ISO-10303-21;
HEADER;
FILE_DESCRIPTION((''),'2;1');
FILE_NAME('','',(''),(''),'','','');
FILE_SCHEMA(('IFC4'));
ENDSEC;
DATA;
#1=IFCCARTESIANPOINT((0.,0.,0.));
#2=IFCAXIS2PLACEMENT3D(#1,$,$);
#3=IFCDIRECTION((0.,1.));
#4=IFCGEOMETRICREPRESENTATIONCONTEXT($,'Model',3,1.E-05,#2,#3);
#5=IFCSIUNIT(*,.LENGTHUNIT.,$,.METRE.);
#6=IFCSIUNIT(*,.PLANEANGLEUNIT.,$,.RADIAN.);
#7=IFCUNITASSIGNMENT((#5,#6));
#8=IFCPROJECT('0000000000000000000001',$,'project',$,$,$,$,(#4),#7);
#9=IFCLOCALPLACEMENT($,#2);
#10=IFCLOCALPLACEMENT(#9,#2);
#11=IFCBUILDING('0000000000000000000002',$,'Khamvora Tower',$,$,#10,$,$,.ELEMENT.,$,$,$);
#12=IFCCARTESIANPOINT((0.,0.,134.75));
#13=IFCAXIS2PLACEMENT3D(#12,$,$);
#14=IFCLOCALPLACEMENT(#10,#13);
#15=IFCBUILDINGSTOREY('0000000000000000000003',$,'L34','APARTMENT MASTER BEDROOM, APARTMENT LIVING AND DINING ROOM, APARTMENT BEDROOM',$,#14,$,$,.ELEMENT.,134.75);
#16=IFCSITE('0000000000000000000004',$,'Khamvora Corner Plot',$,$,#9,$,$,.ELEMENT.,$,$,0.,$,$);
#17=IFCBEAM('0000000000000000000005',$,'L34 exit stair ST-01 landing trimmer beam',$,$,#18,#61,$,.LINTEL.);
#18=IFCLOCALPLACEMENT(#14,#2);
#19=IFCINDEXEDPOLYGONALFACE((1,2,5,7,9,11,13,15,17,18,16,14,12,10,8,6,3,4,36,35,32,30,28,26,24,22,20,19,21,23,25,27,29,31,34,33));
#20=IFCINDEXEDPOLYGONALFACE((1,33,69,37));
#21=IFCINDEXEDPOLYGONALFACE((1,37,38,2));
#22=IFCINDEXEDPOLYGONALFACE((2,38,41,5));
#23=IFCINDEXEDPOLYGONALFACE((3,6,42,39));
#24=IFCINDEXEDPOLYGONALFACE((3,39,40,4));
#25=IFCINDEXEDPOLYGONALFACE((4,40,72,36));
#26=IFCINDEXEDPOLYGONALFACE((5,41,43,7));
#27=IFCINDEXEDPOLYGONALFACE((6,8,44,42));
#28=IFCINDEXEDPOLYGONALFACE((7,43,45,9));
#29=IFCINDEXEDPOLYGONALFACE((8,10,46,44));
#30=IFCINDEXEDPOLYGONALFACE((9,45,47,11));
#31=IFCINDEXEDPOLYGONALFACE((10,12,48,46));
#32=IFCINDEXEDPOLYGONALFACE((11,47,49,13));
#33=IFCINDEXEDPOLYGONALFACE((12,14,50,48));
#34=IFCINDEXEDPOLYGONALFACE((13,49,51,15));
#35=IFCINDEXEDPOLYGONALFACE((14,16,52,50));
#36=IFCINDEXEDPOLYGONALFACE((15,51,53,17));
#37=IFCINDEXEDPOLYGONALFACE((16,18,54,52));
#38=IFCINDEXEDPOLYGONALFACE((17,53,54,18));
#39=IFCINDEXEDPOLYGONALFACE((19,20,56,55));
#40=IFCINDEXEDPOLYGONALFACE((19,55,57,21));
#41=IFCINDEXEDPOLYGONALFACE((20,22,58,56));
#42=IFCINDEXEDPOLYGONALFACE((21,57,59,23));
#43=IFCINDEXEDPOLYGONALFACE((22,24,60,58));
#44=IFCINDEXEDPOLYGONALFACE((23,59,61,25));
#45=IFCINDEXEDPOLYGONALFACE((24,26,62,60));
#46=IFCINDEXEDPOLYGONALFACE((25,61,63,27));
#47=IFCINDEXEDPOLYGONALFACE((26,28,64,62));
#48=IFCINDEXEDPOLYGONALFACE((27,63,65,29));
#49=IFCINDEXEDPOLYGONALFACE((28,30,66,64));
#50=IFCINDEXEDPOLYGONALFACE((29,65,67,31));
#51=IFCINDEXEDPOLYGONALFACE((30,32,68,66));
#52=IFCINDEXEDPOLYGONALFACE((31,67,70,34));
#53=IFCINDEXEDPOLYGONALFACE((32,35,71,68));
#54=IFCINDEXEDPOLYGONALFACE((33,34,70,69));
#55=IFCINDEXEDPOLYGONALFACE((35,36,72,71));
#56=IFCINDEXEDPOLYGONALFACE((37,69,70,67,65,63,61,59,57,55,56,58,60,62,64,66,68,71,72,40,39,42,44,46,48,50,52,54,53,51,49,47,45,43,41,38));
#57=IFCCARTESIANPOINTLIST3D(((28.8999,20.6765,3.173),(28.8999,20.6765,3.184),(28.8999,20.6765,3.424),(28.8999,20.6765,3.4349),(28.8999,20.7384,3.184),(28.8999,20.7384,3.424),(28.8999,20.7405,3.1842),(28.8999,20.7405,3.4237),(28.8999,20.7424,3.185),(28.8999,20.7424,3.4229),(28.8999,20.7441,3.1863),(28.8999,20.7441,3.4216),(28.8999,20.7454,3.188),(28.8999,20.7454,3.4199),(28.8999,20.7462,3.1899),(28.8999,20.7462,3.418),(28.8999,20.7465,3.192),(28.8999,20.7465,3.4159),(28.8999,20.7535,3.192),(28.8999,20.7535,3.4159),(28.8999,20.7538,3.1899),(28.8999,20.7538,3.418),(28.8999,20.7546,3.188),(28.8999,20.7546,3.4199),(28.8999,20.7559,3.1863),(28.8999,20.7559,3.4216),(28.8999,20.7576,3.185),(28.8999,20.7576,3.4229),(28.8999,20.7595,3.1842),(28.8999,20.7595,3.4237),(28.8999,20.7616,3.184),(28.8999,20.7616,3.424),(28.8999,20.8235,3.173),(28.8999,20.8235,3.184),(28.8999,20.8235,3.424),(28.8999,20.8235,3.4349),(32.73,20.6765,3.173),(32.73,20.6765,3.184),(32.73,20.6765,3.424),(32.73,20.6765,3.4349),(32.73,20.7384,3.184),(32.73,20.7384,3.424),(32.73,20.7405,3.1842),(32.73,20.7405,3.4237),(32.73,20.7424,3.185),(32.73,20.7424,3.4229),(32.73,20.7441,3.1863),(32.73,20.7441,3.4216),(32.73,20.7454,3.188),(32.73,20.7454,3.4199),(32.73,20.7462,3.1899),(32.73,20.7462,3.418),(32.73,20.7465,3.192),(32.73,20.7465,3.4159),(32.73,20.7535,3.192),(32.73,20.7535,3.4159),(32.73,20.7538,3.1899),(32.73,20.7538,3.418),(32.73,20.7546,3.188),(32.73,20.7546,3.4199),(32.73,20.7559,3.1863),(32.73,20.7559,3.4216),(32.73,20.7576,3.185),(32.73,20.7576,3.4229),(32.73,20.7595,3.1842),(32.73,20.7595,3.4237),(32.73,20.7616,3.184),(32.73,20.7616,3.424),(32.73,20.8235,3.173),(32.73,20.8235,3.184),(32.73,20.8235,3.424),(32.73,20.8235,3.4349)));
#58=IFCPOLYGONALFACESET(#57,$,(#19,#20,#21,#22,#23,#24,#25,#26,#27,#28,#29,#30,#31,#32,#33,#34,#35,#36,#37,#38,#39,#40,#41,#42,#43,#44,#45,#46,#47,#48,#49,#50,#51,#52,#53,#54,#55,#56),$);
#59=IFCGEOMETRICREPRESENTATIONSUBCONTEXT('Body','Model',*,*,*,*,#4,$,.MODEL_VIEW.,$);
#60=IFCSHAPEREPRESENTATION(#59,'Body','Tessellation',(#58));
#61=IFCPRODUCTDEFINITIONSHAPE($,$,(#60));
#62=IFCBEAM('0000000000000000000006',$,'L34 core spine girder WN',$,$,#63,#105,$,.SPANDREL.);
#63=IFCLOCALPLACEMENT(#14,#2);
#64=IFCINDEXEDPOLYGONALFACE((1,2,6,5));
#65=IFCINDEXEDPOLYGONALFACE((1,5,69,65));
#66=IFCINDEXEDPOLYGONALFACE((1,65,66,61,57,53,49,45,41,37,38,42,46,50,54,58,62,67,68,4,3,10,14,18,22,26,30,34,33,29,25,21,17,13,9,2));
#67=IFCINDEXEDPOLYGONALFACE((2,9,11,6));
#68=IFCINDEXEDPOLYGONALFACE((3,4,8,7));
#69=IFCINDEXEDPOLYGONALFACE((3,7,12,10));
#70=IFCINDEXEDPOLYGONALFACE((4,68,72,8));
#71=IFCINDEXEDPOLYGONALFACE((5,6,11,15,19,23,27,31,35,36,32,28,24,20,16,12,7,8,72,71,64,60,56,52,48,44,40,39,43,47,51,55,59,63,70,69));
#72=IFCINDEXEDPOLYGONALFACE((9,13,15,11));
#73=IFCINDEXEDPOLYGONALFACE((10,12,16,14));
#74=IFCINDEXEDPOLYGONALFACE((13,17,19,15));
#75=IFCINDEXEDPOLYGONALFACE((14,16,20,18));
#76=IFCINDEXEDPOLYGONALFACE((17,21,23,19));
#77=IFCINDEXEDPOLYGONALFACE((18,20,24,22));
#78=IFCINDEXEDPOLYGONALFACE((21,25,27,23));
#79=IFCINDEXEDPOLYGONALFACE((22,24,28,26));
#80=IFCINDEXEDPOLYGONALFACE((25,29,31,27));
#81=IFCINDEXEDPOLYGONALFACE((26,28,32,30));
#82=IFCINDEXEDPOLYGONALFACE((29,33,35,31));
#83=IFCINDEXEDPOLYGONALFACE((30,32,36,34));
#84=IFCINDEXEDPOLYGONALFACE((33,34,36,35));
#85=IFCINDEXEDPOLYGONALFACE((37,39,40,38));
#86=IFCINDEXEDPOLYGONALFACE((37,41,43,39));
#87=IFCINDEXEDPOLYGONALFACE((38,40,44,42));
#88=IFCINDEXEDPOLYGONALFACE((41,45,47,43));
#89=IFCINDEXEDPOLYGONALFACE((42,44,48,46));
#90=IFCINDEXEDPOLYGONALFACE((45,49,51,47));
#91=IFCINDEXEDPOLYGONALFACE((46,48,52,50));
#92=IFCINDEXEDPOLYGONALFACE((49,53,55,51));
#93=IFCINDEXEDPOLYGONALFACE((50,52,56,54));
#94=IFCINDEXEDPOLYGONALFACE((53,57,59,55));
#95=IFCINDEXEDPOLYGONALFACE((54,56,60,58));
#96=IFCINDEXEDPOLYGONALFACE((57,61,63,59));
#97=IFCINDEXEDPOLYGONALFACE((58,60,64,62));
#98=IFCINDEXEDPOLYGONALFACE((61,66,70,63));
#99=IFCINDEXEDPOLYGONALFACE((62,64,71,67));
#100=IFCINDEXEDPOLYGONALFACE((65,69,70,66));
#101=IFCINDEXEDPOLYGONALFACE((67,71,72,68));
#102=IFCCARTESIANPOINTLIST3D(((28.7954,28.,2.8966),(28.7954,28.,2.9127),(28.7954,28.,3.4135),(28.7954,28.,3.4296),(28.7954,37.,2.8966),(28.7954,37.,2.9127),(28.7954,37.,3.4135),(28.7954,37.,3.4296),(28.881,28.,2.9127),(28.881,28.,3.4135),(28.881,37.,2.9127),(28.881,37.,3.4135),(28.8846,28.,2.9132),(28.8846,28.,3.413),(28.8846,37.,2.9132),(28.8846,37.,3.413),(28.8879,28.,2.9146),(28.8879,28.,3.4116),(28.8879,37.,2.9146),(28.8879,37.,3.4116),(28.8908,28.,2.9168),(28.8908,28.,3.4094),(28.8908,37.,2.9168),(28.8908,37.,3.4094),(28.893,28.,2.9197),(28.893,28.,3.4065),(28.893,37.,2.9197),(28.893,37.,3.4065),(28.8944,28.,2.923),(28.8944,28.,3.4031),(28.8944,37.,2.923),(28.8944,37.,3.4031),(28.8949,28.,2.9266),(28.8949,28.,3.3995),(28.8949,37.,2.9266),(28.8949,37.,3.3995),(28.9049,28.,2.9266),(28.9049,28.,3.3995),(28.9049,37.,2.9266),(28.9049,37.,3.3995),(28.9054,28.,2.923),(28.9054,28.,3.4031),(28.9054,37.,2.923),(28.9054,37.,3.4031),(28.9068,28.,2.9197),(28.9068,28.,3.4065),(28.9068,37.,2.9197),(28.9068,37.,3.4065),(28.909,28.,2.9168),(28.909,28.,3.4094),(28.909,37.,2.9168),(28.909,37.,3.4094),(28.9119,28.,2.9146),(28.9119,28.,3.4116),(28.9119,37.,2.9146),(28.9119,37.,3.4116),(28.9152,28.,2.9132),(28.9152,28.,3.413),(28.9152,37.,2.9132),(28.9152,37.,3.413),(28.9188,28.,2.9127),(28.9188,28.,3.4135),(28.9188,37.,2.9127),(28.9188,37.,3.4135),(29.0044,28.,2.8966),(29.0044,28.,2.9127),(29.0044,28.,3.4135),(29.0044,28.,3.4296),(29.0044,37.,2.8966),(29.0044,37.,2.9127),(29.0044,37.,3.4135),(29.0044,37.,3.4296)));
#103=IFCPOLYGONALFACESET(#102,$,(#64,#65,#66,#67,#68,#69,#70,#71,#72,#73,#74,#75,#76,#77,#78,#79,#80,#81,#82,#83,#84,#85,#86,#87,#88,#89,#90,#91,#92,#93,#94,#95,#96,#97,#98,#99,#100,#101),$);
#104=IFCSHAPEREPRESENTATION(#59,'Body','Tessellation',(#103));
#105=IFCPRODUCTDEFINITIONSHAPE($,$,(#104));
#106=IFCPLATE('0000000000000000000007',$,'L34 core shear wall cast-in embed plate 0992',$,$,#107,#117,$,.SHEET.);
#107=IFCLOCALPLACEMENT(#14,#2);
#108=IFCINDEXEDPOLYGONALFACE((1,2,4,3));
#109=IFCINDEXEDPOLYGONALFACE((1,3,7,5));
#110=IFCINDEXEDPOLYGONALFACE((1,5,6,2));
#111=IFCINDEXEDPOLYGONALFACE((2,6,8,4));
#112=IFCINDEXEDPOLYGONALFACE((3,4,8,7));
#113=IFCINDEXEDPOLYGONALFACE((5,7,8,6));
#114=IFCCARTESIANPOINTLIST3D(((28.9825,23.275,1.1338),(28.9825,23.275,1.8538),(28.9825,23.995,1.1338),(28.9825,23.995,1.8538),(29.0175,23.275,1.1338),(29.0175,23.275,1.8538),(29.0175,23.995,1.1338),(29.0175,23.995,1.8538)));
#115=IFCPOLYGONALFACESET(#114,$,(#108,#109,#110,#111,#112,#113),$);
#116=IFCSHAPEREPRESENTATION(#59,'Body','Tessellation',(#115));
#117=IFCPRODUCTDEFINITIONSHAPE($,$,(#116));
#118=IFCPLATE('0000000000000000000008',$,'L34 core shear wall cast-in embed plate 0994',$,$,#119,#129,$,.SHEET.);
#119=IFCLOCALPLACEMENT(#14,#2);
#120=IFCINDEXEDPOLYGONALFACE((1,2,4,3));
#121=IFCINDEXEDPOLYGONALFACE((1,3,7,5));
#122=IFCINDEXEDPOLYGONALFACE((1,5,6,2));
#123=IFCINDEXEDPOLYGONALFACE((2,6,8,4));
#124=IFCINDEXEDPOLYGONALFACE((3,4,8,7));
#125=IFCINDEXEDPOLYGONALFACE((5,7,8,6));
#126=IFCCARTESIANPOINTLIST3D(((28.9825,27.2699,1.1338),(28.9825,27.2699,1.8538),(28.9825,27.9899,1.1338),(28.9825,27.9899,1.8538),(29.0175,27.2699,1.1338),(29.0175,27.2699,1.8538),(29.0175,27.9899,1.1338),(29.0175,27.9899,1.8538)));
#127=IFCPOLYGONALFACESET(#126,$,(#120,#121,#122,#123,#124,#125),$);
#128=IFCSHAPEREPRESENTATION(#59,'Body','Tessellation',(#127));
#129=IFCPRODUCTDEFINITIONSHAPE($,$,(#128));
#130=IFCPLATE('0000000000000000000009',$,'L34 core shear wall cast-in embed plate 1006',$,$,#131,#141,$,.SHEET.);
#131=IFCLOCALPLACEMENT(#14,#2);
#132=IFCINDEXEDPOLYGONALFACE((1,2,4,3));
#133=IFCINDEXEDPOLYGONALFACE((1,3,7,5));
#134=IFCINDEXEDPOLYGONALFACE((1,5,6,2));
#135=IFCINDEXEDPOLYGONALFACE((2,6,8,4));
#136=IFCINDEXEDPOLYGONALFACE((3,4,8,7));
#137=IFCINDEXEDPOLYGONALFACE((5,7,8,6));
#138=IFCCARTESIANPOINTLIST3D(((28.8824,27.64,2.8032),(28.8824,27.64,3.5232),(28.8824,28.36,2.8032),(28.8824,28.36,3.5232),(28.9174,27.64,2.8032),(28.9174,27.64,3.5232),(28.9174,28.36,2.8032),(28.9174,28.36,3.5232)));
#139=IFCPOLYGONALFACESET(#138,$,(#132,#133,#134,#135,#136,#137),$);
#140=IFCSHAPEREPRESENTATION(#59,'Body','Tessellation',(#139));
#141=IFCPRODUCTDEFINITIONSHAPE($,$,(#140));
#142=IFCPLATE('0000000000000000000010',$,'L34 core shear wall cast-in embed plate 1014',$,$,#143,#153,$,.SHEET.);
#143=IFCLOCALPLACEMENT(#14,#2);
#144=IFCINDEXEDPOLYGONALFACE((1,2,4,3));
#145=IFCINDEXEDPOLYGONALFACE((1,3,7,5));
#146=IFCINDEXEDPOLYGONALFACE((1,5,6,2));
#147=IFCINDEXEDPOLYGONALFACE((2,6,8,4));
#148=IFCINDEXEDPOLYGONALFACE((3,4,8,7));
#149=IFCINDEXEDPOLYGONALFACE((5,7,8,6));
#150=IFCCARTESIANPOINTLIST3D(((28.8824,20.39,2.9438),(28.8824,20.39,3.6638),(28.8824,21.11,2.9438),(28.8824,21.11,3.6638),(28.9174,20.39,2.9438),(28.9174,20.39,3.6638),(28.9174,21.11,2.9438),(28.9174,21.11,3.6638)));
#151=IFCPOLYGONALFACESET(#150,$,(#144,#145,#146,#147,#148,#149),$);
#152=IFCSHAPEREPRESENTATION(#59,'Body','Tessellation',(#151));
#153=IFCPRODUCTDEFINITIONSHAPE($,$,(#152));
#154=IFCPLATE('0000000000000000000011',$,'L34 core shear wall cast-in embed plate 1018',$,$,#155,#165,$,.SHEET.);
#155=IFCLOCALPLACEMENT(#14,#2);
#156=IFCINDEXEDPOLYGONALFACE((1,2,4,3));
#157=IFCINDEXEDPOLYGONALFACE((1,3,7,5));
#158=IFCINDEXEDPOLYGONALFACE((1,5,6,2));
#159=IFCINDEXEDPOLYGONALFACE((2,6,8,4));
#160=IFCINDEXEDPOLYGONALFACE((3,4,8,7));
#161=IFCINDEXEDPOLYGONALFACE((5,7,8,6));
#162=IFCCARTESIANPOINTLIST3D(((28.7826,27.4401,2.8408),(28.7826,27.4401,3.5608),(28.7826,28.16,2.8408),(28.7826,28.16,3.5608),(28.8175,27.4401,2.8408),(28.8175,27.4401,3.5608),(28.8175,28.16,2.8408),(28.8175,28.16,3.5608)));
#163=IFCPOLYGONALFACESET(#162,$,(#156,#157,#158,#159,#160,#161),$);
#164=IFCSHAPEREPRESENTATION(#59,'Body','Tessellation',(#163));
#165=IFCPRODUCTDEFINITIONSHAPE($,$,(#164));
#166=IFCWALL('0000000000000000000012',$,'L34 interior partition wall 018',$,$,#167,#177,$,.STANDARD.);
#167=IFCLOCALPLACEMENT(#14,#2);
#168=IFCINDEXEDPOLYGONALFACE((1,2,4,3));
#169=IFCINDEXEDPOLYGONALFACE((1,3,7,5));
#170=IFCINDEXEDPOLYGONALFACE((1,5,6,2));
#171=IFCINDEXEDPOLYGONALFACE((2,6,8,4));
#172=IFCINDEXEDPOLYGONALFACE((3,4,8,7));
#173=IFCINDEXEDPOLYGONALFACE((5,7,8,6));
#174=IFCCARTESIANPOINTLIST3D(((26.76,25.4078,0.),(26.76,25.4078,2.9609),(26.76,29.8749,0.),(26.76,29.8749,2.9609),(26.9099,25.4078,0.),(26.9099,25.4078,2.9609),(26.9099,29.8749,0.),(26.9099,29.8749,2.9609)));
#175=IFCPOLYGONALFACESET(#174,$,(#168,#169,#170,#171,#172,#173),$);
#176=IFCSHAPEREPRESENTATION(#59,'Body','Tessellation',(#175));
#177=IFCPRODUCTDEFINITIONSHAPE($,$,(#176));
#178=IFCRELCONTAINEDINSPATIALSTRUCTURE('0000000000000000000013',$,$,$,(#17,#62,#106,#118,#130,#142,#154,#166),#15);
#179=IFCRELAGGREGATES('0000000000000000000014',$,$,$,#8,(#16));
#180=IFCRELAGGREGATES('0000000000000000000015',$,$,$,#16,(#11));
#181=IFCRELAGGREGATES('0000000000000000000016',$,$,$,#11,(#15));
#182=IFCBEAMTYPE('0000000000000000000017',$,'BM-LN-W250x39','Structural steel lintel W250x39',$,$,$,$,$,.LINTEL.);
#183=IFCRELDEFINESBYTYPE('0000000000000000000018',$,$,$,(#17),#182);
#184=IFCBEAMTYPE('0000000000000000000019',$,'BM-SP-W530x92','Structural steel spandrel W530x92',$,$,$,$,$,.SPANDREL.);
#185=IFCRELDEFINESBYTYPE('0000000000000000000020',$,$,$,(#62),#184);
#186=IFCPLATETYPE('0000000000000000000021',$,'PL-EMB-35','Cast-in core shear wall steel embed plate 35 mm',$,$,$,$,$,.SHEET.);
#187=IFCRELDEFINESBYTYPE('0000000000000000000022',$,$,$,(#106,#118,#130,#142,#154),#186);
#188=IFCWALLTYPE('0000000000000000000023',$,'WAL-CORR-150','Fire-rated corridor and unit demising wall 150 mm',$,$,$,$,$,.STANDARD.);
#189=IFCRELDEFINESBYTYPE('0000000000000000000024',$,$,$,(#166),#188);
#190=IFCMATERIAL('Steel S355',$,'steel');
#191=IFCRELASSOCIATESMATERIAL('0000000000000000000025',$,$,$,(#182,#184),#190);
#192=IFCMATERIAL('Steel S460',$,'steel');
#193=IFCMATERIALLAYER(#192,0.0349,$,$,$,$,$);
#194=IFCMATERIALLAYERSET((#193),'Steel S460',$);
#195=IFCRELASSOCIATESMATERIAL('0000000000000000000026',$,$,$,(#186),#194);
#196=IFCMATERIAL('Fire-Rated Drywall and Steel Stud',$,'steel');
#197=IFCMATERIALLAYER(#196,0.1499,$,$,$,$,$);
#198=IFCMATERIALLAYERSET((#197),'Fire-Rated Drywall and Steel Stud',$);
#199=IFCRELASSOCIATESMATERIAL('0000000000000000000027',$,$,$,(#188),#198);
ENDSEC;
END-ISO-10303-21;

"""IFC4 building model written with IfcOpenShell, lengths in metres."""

from ifc_helpers import new_model, si_unit, direction, frame, frame_2d, origin, origin_2d, place, context, subcontext, project, spatial, rectangle, i_section, extrude, material, layer, layer_set, material_profile, profile_set, type_object, element, save


model = new_model("IFC4")

# Units and contexts
model_context = context("Model", 3, precision=1e-05, world=origin(), true_north=direction((0.0, 1.0)))
body_context = subcontext(model_context, "Body", "Model", "MODEL_VIEW")
ifc_project = project(units=[si_unit("LENGTHUNIT", "METRE"), si_unit("PLANEANGLEUNIT", "RADIAN")], contexts=[model_context])

# Site, building, storey
site_placement = place(None, origin())
site = spatial("IfcSite", under=ifc_project, at=site_placement, Name="Khamvora Corner Plot", CompositionType="ELEMENT", RefElevation=0.0)
building_placement = place(site_placement, origin())
building = spatial("IfcBuilding", under=site, at=building_placement, Name="Khamvora Tower", CompositionType="ELEMENT")
storey_placement = place(building_placement, frame((0.0, 0.0, 134.75)))
storey = spatial("IfcBuildingStorey", under=building, at=storey_placement, Name="L34", Description="APARTMENT MASTER BEDROOM, APARTMENT LIVING AND DINING ROOM, APARTMENT BEDROOM", CompositionType="ELEMENT", Elevation=134.75)

# Beams
ifc_material_1 = material(Name="Steel S355", Category="steel")
ifc_material_profile_1 = material_profile(ifc_material_1, i_section(OverallWidth=0.147, OverallDepth=0.262, WebThickness=0.0071, FlangeThickness=0.011, FilletRadius=0.0081, at=origin_2d()), Name="W250x39")
ifc_profile_set_1 = profile_set([ifc_material_profile_1], Name="Steel S355")
beam_type_1 = type_object("IfcBeamType", Name="BM-LN-W250x39", Description="Structural steel lintel W250x39", PredefinedType="LINTEL", material=ifc_profile_set_1)
beam_1_placement = place(storey_placement, frame((28.8999, 20.75, 3.304), z_axis=(1.0, 0.0, 0.0), x_axis=(0.0, 1.0, 0.0)))
element("IfcBeam", 1, at=beam_1_placement, inside=storey, type_object=beam_type_1, Name="L34 exit stair ST-01 landing trimmer beam", PredefinedType="LINTEL", context=body_context, shape_type="SweptSolid", body=[
    extrude(i_section(OverallWidth=0.147, OverallDepth=0.262, WebThickness=0.0071, FlangeThickness=0.011, FilletRadius=0.0081, at=origin_2d()), origin(), (0.0, 0.0, 1.0), 3.8301),
])
ifc_material_profile_2 = material_profile(ifc_material_1, i_section(OverallWidth=0.209, OverallDepth=0.533, WebThickness=0.01, FlangeThickness=0.0161, FilletRadius=0.0139, at=origin_2d()), Name="W530x92")
ifc_profile_set_2 = profile_set([ifc_material_profile_2], Name="Steel S355")
beam_type_2 = type_object("IfcBeamType", Name="BM-SP-W530x92", Description="Structural steel spandrel W530x92", PredefinedType="SPANDREL", material=ifc_profile_set_2)
beam_2_placement = place(storey_placement, frame((28.8999, 28.0, 3.1631), z_axis=(0.0, 1.0, 0.0), x_axis=(-1.0, 0.0, 0.0)))
element("IfcBeam", 2, at=beam_2_placement, inside=storey, type_object=beam_type_2, Name="L34 core spine girder WN", PredefinedType="SPANDREL", context=body_context, shape_type="SweptSolid", body=[
    extrude(i_section(OverallWidth=0.209, OverallDepth=0.533, WebThickness=0.01, FlangeThickness=0.0161, FilletRadius=0.0139, at=origin_2d()), origin(), (0.0, 0.0, 1.0), 9.0),
])

# Plates
ifc_material_2 = material(Name="Steel S460", Category="steel")
ifc_layer_1 = layer(ifc_material_2, 0.0349)
ifc_layer_set_1 = layer_set([ifc_layer_1], Name="Steel S460")
plate_type = type_object("IfcPlateType", Name="PL-EMB-35", Description="Cast-in core shear wall steel embed plate 35 mm", PredefinedType="SHEET", material=ifc_layer_set_1)
for number, where, z_axis, x_axis, name in (
    (3, (29.0, 23.635, 1.1338), (0.0, 0.0, 1.0), (1.0, 0.0, 0.0), "L34 core shear wall cast-in embed plate 0992"),
    (4, (29.0, 27.6299, 1.1338), (0.0, 0.0, 1.0), (1.0, 0.0, 0.0), "L34 core shear wall cast-in embed plate 0994"),
    (5, (28.8999, 28.0, 2.8032), (0.0, 0.0, 1.0), (1.0, 0.0, 0.0), "L34 core shear wall cast-in embed plate 1006"),
    (6, (28.8999, 20.75, 2.9438), (0.0, 0.0, 1.0), (1.0, 0.0, 0.0), "L34 core shear wall cast-in embed plate 1014"),
    (7, (28.8, 27.8, 2.8408), (0.0, 0.0, 1.0), (1.0, 0.0, 0.0), "L34 core shear wall cast-in embed plate 1018"),
):
    element("IfcPlate", number, at=place(storey_placement, frame(where, z_axis=z_axis, x_axis=x_axis)), inside=storey, type_object=plate_type, Name=name, PredefinedType="SHEET", context=body_context, shape_type="SweptSolid", body=[
        extrude(rectangle(XDim=0.0349, YDim=0.72, at=origin_2d()), origin(), (0.0, 0.0, 1.0), 0.72),
    ])

# Shared definitions
ifc_material_3 = material(Name="Fire-Rated Drywall and Steel Stud", Category="steel")
ifc_layer_2 = layer(ifc_material_3, 0.1499)
ifc_layer_set_2 = layer_set([ifc_layer_2], Name="Fire-Rated Drywall and Steel Stud")
wall_type_1 = type_object("IfcWallType", Name="WAL-CORR-150", Description="Fire-rated corridor and unit demising wall 150 mm", PredefinedType="STANDARD", material=ifc_layer_set_2)

# Wall
wall_1_placement = place(storey_placement, frame((26.835, 25.408, 0.0), z_axis=(0.0, 0.0, 1.0), x_axis=(0.0, 1.0, 0.0)))
element("IfcWall", 8, at=wall_1_placement, inside=storey, type_object=wall_type_1, Name="L34 interior partition wall 018", PredefinedType="STANDARD", context=body_context, shape_type="SweptSolid", body=[
    extrude(rectangle(XDim=4.467, YDim=0.1499, at=frame_2d((2.2334, 0.0))), origin(), (0.0, 0.0, 1.0), 2.9609),
])

save(model, "model.ifc")
